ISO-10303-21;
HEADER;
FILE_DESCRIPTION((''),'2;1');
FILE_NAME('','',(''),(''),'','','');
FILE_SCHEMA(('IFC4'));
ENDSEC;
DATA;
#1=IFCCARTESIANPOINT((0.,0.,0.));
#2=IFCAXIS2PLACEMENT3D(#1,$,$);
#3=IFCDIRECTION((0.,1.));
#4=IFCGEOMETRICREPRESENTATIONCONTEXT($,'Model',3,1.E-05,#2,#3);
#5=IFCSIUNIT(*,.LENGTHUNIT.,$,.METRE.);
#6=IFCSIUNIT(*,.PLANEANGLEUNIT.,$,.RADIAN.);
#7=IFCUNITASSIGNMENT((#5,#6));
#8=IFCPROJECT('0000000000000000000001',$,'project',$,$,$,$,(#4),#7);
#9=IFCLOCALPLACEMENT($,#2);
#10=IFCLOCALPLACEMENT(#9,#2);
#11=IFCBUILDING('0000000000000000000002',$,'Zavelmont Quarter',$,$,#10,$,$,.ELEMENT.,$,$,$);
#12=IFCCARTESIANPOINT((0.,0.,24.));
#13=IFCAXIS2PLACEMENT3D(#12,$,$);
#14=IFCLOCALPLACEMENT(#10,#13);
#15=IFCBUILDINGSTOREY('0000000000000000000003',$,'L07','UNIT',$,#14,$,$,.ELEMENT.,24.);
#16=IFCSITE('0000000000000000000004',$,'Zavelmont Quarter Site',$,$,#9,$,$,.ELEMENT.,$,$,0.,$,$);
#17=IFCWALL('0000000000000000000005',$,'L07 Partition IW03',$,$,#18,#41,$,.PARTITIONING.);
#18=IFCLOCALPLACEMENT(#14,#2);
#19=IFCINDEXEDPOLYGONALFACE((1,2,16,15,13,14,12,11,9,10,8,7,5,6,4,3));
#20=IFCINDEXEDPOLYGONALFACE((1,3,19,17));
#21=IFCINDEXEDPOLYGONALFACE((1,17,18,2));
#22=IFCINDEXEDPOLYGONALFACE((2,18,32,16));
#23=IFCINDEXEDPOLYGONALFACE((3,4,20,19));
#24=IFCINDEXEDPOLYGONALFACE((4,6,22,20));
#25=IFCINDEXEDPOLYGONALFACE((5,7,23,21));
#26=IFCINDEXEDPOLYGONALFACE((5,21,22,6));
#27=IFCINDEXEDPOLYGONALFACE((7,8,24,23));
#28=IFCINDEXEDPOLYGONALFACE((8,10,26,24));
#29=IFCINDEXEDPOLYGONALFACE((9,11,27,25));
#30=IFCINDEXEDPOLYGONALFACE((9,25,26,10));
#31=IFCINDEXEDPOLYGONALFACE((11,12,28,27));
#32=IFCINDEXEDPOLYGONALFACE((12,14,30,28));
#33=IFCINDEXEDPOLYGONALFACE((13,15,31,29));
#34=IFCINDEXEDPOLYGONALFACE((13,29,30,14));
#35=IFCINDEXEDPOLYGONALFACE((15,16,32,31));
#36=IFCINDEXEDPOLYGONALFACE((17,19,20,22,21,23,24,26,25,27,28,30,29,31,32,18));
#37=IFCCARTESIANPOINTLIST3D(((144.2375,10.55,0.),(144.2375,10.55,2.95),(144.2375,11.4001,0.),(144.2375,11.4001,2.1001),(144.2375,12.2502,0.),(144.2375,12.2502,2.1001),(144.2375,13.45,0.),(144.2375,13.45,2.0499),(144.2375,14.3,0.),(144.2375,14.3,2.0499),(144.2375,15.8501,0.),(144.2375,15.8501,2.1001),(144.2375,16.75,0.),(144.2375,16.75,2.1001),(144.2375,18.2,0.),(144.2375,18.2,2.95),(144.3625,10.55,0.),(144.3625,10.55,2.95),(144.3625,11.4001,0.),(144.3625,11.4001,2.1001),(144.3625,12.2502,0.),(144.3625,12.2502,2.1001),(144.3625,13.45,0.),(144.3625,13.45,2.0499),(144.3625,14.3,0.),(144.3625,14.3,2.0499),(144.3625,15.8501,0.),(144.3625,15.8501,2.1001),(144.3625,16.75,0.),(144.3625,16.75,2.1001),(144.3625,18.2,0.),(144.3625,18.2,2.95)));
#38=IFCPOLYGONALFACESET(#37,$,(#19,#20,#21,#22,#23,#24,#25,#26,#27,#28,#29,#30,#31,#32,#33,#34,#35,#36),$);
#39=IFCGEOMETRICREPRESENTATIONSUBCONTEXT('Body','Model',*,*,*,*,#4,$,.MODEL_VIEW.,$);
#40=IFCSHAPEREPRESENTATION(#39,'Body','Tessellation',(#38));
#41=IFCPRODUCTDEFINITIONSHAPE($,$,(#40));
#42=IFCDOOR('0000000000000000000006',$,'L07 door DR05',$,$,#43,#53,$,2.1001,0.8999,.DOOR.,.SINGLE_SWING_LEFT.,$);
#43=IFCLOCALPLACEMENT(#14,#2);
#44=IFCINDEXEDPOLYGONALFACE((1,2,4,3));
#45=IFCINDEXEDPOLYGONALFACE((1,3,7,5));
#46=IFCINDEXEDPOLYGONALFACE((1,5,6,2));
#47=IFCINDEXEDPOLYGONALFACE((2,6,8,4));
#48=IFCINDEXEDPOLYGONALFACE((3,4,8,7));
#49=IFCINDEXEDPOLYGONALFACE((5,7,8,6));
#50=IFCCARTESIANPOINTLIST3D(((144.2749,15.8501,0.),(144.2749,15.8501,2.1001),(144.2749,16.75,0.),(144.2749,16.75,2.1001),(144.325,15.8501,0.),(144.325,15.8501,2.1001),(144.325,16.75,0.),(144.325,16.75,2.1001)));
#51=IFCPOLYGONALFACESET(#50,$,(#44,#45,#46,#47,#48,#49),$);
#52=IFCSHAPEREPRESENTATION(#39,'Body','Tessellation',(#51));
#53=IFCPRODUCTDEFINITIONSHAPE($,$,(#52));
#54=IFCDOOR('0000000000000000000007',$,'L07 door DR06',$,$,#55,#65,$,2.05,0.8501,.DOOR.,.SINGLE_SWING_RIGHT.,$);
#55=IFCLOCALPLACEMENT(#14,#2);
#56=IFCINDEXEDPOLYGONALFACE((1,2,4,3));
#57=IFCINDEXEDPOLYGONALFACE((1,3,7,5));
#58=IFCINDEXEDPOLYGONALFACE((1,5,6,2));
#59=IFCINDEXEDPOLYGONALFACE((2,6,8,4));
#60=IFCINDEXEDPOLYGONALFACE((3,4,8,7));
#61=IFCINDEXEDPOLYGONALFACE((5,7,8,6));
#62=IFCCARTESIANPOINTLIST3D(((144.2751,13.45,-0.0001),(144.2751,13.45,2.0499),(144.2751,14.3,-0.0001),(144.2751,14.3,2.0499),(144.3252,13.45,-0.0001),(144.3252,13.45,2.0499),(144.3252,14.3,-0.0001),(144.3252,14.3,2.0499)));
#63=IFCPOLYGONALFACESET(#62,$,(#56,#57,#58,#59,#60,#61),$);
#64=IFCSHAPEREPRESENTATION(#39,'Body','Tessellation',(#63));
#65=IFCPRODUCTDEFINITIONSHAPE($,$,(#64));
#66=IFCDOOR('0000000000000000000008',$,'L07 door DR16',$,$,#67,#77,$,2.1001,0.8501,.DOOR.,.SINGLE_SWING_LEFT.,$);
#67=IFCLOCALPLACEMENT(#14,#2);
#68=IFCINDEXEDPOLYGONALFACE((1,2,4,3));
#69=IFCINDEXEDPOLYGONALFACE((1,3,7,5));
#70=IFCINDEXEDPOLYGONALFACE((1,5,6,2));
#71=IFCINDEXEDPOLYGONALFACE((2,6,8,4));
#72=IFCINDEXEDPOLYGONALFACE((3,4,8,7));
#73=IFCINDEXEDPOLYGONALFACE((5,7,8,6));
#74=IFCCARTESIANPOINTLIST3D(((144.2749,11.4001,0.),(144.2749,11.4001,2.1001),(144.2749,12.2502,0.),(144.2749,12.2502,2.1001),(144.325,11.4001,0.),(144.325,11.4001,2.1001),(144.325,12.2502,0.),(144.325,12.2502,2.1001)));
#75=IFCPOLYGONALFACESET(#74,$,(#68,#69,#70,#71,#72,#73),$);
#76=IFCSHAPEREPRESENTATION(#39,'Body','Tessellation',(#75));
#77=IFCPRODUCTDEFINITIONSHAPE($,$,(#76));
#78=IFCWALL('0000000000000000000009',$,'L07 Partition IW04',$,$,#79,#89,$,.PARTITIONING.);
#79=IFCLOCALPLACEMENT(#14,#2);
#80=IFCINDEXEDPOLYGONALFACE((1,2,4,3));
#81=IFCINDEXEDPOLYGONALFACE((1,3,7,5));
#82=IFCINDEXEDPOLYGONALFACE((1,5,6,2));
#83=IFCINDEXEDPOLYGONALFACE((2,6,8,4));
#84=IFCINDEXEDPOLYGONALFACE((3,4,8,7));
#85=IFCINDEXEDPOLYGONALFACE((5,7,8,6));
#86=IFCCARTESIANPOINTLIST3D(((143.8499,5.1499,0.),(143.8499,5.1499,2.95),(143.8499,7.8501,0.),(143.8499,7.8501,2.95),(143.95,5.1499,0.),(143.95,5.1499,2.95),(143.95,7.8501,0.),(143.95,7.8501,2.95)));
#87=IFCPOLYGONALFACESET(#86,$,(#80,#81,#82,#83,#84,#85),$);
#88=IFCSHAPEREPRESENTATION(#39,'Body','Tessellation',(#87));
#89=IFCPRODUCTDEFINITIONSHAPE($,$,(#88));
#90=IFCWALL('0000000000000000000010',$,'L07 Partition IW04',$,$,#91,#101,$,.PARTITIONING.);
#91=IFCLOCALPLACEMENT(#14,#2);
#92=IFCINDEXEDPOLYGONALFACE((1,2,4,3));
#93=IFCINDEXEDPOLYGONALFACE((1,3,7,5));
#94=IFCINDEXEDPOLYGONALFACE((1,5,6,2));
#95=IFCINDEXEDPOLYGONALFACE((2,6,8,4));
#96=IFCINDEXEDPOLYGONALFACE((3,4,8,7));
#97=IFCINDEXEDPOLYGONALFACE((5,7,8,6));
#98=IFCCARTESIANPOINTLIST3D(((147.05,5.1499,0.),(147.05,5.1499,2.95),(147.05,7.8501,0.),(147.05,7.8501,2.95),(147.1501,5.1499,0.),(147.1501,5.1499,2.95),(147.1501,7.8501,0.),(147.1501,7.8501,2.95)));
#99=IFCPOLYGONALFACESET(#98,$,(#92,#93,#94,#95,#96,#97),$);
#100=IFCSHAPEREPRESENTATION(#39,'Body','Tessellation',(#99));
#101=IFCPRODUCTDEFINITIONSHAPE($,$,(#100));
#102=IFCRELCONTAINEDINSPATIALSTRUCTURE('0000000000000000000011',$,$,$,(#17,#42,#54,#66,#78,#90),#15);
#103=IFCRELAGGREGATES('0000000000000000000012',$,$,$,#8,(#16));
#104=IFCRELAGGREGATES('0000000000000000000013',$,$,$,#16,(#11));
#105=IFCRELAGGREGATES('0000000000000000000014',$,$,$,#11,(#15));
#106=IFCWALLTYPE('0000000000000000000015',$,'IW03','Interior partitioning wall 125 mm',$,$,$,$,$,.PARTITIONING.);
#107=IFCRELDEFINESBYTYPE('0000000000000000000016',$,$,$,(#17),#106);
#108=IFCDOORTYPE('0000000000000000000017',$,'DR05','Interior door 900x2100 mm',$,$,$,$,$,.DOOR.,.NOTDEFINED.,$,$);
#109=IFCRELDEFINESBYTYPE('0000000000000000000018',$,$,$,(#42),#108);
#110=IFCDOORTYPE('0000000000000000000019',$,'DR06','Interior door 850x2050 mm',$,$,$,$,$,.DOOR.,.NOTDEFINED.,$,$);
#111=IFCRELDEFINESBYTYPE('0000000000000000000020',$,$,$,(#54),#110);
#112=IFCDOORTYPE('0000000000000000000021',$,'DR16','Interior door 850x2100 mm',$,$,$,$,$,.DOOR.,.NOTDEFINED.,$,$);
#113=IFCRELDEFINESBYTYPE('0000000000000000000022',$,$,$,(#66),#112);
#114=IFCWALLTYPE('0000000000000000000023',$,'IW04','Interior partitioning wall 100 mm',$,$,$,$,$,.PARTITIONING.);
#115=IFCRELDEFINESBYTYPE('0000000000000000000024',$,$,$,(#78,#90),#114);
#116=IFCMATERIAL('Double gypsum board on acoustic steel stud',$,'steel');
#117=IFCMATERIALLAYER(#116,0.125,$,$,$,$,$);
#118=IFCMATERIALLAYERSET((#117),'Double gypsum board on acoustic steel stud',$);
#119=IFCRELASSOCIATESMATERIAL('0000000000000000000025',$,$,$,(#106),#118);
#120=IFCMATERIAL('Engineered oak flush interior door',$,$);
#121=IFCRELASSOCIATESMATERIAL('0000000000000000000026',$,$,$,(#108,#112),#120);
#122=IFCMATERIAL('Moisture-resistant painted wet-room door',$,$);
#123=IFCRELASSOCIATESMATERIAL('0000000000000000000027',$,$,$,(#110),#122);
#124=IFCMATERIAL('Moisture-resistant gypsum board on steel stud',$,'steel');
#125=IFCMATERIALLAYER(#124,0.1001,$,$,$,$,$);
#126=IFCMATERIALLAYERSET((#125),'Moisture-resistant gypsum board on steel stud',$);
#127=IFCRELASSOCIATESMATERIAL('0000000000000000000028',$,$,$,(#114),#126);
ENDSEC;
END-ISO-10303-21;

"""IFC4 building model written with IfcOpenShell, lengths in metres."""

from ifc_helpers import new_model, si_unit, direction, frame, frame_2d, origin, origin_with_axes, place, context, subcontext, project, spatial, rectangle, extrude, material, layer, layer_set, type_object, element, fill, save


model = new_model("IFC4")

# Units and contexts
model_context = context("Model", 3, precision=1e-05, world=origin(), true_north=direction((0.0, 1.0)))
body_context = subcontext(model_context, "Body", "Model", "MODEL_VIEW")
ifc_project = project(units=[si_unit("LENGTHUNIT", "METRE"), si_unit("PLANEANGLEUNIT", "RADIAN")], contexts=[model_context])

# Site, building, storey
site_placement = place(None, origin())
site = spatial("IfcSite", under=ifc_project, at=site_placement, Name="Zavelmont Quarter Site", CompositionType="ELEMENT", RefElevation=0.0)
building_placement = place(site_placement, origin())
building = spatial("IfcBuilding", under=site, at=building_placement, Name="Zavelmont Quarter", CompositionType="ELEMENT")
storey_placement = place(building_placement, frame((0.0, 0.0, 24.0)))
storey = spatial("IfcBuildingStorey", under=building, at=storey_placement, Name="L07", Description="UNIT", CompositionType="ELEMENT", Elevation=24.0)

# Shared definitions
ifc_material_1 = material(Name="Double gypsum board on acoustic steel stud", Category="steel")
ifc_layer_1 = layer(ifc_material_1, 0.125)
ifc_layer_set_1 = layer_set([ifc_layer_1], Name="Double gypsum board on acoustic steel stud")
wall_type_1 = type_object("IfcWallType", Name="IW03", Description="Interior partitioning wall 125 mm", PredefinedType="PARTITIONING", material=ifc_layer_set_1)

# Wall, openings, doors
wall_1_placement = place(storey_placement, frame((144.3, 10.55, 0.0), z_axis=(0.0, 0.0, 1.0), x_axis=(0.0, 1.0, 0.0)))
wall_1 = element("IfcWall", 1, at=wall_1_placement, inside=storey, type_object=wall_type_1, Name="L07 Partition IW03", PredefinedType="PARTITIONING", context=body_context, shape_type="SweptSolid", body=[
    extrude(rectangle(XDim=7.6499, YDim=0.125, at=frame_2d((3.825, 0.0))), origin(), (0.0, 0.0, 1.0), 2.95),
])
opening_1_placement = place(wall_1_placement, frame((0.8501, 0.0, 0.0)))
opening_1 = element("IfcOpeningElement", 2, at=opening_1_placement, cuts=wall_1, PredefinedType="OPENING", context=body_context, shape_type="SweptSolid", body=[
    extrude(rectangle(XDim=0.8501, YDim=2.1001, at=frame_2d((0.425, 1.05))), frame((0.0, 0.0745, 0.0), z_axis=(0.0, -1.0, 0.0), x_axis=(1.0, 0.0, 0.0)), (0.0, 0.0, 1.0), 0.1489),
])
opening_2_placement = place(wall_1_placement, frame((2.8999, 0.0, 0.0)))
opening_2 = element("IfcOpeningElement", 3, at=opening_2_placement, cuts=wall_1, PredefinedType="OPENING", context=body_context, shape_type="SweptSolid", body=[
    extrude(rectangle(XDim=0.8501, YDim=2.05, at=frame_2d((0.425, 1.0249))), frame((0.0, 0.0745, 0.0), z_axis=(0.0, -1.0, 0.0), x_axis=(1.0, 0.0, 0.0)), (0.0, 0.0, 1.0), 0.1489),
])
opening_3_placement = place(wall_1_placement, frame((5.3, 0.0, 0.0)))
opening_3 = element("IfcOpeningElement", 4, at=opening_3_placement, cuts=wall_1, PredefinedType="OPENING", context=body_context, shape_type="SweptSolid", body=[
    extrude(rectangle(XDim=0.8999, YDim=2.1001, at=frame_2d((0.45, 1.05))), frame((0.0, 0.0745, 0.0), z_axis=(0.0, -1.0, 0.0), x_axis=(1.0, 0.0, 0.0)), (0.0, 0.0, 1.0), 0.1489),
])
ifc_material_2 = material(Name="Engineered oak flush interior door")
door_type_1 = type_object("IfcDoorType", Name="DR05", Description="Interior door 900x2100 mm", OperationType="NOTDEFINED", PredefinedType="DOOR", material=ifc_material_2)
door_1_placement = place(opening_3_placement, frame((0.8999, 0.0, 0.0), z_axis=(0.0, 0.0, 1.0), x_axis=(-1.0, 0.0, 0.0)))
door_1 = element("IfcDoor", 5, at=door_1_placement, inside=storey, type_object=door_type_1, Name="L07 door DR05", OperationType="SINGLE_SWING_LEFT", OverallHeight=2.1001, OverallWidth=0.8999, PredefinedType="DOOR", context=body_context, shape_type="SweptSolid", body=[
    extrude(rectangle(XDim=0.8999, YDim=2.1001, at=frame_2d((0.45, 1.05))), frame((0.0, 0.0249, 0.0), z_axis=(0.0, -1.0, 0.0), x_axis=(1.0, 0.0, 0.0)), (0.0, 0.0, 1.0), 0.05),
])
fill(opening_3, door_1)
ifc_material_3 = material(Name="Moisture-resistant painted wet-room door")
door_type_2 = type_object("IfcDoorType", Name="DR06", Description="Interior door 850x2050 mm", OperationType="NOTDEFINED", PredefinedType="DOOR", material=ifc_material_3)
door_2_placement = place(opening_2_placement, origin_with_axes())
door_2 = element("IfcDoor", 6, at=door_2_placement, inside=storey, type_object=door_type_2, Name="L07 door DR06", OperationType="SINGLE_SWING_RIGHT", OverallHeight=2.05, OverallWidth=0.8501, PredefinedType="DOOR", context=body_context, shape_type="SweptSolid", body=[
    extrude(rectangle(XDim=0.8501, YDim=2.05, at=frame_2d((0.425, 1.0249))), frame((0.0, 0.0249, 0.0), z_axis=(0.0, -1.0, 0.0), x_axis=(1.0, 0.0, 0.0)), (0.0, 0.0, 1.0), 0.05),
])
fill(opening_2, door_2)
door_type_3 = type_object("IfcDoorType", Name="DR16", Description="Interior door 850x2100 mm", OperationType="NOTDEFINED", PredefinedType="DOOR", material=ifc_material_2)
door_3_placement = place(opening_1_placement, frame((0.8501, 0.0, 0.0), z_axis=(0.0, 0.0, 1.0), x_axis=(-1.0, 0.0, 0.0)))
door_3 = element("IfcDoor", 7, at=door_3_placement, inside=storey, type_object=door_type_3, Name="L07 door DR16", OperationType="SINGLE_SWING_LEFT", OverallHeight=2.1001, OverallWidth=0.8501, PredefinedType="DOOR", context=body_context, shape_type="SweptSolid", body=[
    extrude(rectangle(XDim=0.8501, YDim=2.1001, at=frame_2d((0.425, 1.05))), frame((0.0, 0.0249, 0.0), z_axis=(0.0, -1.0, 0.0), x_axis=(1.0, 0.0, 0.0)), (0.0, 0.0, 1.0), 0.05),
])
fill(opening_1, door_3)

# Walls
ifc_material_4 = material(Name="Moisture-resistant gypsum board on steel stud", Category="steel")
ifc_layer_2 = layer(ifc_material_4, 0.1001)
ifc_layer_set_2 = layer_set([ifc_layer_2], Name="Moisture-resistant gypsum board on steel stud")
wall_type_2 = type_object("IfcWallType", Name="IW04", Description="Interior partitioning wall 100 mm", PredefinedType="PARTITIONING", material=ifc_layer_set_2)
for number, where, z_axis, x_axis, name in (
    (8, (143.8999, 7.8501, 0.0), (0.0, 0.0, 1.0), (0.0, -1.0, 0.0), "L07 Partition IW04"),
    (9, (147.1001, 7.8501, 0.0), (0.0, 0.0, 1.0), (0.0, -1.0, 0.0), "L07 Partition IW04"),
):
    element("IfcWall", number, at=place(storey_placement, frame(where, z_axis=z_axis, x_axis=x_axis)), inside=storey, type_object=wall_type_2, Name=name, PredefinedType="PARTITIONING", context=body_context, shape_type="SweptSolid", body=[
        extrude(rectangle(XDim=2.7002, YDim=0.1001, at=frame_2d((1.3501, 0.0))), origin(), (0.0, 0.0, 1.0), 2.95),
    ])

save(model, "model.ifc")
